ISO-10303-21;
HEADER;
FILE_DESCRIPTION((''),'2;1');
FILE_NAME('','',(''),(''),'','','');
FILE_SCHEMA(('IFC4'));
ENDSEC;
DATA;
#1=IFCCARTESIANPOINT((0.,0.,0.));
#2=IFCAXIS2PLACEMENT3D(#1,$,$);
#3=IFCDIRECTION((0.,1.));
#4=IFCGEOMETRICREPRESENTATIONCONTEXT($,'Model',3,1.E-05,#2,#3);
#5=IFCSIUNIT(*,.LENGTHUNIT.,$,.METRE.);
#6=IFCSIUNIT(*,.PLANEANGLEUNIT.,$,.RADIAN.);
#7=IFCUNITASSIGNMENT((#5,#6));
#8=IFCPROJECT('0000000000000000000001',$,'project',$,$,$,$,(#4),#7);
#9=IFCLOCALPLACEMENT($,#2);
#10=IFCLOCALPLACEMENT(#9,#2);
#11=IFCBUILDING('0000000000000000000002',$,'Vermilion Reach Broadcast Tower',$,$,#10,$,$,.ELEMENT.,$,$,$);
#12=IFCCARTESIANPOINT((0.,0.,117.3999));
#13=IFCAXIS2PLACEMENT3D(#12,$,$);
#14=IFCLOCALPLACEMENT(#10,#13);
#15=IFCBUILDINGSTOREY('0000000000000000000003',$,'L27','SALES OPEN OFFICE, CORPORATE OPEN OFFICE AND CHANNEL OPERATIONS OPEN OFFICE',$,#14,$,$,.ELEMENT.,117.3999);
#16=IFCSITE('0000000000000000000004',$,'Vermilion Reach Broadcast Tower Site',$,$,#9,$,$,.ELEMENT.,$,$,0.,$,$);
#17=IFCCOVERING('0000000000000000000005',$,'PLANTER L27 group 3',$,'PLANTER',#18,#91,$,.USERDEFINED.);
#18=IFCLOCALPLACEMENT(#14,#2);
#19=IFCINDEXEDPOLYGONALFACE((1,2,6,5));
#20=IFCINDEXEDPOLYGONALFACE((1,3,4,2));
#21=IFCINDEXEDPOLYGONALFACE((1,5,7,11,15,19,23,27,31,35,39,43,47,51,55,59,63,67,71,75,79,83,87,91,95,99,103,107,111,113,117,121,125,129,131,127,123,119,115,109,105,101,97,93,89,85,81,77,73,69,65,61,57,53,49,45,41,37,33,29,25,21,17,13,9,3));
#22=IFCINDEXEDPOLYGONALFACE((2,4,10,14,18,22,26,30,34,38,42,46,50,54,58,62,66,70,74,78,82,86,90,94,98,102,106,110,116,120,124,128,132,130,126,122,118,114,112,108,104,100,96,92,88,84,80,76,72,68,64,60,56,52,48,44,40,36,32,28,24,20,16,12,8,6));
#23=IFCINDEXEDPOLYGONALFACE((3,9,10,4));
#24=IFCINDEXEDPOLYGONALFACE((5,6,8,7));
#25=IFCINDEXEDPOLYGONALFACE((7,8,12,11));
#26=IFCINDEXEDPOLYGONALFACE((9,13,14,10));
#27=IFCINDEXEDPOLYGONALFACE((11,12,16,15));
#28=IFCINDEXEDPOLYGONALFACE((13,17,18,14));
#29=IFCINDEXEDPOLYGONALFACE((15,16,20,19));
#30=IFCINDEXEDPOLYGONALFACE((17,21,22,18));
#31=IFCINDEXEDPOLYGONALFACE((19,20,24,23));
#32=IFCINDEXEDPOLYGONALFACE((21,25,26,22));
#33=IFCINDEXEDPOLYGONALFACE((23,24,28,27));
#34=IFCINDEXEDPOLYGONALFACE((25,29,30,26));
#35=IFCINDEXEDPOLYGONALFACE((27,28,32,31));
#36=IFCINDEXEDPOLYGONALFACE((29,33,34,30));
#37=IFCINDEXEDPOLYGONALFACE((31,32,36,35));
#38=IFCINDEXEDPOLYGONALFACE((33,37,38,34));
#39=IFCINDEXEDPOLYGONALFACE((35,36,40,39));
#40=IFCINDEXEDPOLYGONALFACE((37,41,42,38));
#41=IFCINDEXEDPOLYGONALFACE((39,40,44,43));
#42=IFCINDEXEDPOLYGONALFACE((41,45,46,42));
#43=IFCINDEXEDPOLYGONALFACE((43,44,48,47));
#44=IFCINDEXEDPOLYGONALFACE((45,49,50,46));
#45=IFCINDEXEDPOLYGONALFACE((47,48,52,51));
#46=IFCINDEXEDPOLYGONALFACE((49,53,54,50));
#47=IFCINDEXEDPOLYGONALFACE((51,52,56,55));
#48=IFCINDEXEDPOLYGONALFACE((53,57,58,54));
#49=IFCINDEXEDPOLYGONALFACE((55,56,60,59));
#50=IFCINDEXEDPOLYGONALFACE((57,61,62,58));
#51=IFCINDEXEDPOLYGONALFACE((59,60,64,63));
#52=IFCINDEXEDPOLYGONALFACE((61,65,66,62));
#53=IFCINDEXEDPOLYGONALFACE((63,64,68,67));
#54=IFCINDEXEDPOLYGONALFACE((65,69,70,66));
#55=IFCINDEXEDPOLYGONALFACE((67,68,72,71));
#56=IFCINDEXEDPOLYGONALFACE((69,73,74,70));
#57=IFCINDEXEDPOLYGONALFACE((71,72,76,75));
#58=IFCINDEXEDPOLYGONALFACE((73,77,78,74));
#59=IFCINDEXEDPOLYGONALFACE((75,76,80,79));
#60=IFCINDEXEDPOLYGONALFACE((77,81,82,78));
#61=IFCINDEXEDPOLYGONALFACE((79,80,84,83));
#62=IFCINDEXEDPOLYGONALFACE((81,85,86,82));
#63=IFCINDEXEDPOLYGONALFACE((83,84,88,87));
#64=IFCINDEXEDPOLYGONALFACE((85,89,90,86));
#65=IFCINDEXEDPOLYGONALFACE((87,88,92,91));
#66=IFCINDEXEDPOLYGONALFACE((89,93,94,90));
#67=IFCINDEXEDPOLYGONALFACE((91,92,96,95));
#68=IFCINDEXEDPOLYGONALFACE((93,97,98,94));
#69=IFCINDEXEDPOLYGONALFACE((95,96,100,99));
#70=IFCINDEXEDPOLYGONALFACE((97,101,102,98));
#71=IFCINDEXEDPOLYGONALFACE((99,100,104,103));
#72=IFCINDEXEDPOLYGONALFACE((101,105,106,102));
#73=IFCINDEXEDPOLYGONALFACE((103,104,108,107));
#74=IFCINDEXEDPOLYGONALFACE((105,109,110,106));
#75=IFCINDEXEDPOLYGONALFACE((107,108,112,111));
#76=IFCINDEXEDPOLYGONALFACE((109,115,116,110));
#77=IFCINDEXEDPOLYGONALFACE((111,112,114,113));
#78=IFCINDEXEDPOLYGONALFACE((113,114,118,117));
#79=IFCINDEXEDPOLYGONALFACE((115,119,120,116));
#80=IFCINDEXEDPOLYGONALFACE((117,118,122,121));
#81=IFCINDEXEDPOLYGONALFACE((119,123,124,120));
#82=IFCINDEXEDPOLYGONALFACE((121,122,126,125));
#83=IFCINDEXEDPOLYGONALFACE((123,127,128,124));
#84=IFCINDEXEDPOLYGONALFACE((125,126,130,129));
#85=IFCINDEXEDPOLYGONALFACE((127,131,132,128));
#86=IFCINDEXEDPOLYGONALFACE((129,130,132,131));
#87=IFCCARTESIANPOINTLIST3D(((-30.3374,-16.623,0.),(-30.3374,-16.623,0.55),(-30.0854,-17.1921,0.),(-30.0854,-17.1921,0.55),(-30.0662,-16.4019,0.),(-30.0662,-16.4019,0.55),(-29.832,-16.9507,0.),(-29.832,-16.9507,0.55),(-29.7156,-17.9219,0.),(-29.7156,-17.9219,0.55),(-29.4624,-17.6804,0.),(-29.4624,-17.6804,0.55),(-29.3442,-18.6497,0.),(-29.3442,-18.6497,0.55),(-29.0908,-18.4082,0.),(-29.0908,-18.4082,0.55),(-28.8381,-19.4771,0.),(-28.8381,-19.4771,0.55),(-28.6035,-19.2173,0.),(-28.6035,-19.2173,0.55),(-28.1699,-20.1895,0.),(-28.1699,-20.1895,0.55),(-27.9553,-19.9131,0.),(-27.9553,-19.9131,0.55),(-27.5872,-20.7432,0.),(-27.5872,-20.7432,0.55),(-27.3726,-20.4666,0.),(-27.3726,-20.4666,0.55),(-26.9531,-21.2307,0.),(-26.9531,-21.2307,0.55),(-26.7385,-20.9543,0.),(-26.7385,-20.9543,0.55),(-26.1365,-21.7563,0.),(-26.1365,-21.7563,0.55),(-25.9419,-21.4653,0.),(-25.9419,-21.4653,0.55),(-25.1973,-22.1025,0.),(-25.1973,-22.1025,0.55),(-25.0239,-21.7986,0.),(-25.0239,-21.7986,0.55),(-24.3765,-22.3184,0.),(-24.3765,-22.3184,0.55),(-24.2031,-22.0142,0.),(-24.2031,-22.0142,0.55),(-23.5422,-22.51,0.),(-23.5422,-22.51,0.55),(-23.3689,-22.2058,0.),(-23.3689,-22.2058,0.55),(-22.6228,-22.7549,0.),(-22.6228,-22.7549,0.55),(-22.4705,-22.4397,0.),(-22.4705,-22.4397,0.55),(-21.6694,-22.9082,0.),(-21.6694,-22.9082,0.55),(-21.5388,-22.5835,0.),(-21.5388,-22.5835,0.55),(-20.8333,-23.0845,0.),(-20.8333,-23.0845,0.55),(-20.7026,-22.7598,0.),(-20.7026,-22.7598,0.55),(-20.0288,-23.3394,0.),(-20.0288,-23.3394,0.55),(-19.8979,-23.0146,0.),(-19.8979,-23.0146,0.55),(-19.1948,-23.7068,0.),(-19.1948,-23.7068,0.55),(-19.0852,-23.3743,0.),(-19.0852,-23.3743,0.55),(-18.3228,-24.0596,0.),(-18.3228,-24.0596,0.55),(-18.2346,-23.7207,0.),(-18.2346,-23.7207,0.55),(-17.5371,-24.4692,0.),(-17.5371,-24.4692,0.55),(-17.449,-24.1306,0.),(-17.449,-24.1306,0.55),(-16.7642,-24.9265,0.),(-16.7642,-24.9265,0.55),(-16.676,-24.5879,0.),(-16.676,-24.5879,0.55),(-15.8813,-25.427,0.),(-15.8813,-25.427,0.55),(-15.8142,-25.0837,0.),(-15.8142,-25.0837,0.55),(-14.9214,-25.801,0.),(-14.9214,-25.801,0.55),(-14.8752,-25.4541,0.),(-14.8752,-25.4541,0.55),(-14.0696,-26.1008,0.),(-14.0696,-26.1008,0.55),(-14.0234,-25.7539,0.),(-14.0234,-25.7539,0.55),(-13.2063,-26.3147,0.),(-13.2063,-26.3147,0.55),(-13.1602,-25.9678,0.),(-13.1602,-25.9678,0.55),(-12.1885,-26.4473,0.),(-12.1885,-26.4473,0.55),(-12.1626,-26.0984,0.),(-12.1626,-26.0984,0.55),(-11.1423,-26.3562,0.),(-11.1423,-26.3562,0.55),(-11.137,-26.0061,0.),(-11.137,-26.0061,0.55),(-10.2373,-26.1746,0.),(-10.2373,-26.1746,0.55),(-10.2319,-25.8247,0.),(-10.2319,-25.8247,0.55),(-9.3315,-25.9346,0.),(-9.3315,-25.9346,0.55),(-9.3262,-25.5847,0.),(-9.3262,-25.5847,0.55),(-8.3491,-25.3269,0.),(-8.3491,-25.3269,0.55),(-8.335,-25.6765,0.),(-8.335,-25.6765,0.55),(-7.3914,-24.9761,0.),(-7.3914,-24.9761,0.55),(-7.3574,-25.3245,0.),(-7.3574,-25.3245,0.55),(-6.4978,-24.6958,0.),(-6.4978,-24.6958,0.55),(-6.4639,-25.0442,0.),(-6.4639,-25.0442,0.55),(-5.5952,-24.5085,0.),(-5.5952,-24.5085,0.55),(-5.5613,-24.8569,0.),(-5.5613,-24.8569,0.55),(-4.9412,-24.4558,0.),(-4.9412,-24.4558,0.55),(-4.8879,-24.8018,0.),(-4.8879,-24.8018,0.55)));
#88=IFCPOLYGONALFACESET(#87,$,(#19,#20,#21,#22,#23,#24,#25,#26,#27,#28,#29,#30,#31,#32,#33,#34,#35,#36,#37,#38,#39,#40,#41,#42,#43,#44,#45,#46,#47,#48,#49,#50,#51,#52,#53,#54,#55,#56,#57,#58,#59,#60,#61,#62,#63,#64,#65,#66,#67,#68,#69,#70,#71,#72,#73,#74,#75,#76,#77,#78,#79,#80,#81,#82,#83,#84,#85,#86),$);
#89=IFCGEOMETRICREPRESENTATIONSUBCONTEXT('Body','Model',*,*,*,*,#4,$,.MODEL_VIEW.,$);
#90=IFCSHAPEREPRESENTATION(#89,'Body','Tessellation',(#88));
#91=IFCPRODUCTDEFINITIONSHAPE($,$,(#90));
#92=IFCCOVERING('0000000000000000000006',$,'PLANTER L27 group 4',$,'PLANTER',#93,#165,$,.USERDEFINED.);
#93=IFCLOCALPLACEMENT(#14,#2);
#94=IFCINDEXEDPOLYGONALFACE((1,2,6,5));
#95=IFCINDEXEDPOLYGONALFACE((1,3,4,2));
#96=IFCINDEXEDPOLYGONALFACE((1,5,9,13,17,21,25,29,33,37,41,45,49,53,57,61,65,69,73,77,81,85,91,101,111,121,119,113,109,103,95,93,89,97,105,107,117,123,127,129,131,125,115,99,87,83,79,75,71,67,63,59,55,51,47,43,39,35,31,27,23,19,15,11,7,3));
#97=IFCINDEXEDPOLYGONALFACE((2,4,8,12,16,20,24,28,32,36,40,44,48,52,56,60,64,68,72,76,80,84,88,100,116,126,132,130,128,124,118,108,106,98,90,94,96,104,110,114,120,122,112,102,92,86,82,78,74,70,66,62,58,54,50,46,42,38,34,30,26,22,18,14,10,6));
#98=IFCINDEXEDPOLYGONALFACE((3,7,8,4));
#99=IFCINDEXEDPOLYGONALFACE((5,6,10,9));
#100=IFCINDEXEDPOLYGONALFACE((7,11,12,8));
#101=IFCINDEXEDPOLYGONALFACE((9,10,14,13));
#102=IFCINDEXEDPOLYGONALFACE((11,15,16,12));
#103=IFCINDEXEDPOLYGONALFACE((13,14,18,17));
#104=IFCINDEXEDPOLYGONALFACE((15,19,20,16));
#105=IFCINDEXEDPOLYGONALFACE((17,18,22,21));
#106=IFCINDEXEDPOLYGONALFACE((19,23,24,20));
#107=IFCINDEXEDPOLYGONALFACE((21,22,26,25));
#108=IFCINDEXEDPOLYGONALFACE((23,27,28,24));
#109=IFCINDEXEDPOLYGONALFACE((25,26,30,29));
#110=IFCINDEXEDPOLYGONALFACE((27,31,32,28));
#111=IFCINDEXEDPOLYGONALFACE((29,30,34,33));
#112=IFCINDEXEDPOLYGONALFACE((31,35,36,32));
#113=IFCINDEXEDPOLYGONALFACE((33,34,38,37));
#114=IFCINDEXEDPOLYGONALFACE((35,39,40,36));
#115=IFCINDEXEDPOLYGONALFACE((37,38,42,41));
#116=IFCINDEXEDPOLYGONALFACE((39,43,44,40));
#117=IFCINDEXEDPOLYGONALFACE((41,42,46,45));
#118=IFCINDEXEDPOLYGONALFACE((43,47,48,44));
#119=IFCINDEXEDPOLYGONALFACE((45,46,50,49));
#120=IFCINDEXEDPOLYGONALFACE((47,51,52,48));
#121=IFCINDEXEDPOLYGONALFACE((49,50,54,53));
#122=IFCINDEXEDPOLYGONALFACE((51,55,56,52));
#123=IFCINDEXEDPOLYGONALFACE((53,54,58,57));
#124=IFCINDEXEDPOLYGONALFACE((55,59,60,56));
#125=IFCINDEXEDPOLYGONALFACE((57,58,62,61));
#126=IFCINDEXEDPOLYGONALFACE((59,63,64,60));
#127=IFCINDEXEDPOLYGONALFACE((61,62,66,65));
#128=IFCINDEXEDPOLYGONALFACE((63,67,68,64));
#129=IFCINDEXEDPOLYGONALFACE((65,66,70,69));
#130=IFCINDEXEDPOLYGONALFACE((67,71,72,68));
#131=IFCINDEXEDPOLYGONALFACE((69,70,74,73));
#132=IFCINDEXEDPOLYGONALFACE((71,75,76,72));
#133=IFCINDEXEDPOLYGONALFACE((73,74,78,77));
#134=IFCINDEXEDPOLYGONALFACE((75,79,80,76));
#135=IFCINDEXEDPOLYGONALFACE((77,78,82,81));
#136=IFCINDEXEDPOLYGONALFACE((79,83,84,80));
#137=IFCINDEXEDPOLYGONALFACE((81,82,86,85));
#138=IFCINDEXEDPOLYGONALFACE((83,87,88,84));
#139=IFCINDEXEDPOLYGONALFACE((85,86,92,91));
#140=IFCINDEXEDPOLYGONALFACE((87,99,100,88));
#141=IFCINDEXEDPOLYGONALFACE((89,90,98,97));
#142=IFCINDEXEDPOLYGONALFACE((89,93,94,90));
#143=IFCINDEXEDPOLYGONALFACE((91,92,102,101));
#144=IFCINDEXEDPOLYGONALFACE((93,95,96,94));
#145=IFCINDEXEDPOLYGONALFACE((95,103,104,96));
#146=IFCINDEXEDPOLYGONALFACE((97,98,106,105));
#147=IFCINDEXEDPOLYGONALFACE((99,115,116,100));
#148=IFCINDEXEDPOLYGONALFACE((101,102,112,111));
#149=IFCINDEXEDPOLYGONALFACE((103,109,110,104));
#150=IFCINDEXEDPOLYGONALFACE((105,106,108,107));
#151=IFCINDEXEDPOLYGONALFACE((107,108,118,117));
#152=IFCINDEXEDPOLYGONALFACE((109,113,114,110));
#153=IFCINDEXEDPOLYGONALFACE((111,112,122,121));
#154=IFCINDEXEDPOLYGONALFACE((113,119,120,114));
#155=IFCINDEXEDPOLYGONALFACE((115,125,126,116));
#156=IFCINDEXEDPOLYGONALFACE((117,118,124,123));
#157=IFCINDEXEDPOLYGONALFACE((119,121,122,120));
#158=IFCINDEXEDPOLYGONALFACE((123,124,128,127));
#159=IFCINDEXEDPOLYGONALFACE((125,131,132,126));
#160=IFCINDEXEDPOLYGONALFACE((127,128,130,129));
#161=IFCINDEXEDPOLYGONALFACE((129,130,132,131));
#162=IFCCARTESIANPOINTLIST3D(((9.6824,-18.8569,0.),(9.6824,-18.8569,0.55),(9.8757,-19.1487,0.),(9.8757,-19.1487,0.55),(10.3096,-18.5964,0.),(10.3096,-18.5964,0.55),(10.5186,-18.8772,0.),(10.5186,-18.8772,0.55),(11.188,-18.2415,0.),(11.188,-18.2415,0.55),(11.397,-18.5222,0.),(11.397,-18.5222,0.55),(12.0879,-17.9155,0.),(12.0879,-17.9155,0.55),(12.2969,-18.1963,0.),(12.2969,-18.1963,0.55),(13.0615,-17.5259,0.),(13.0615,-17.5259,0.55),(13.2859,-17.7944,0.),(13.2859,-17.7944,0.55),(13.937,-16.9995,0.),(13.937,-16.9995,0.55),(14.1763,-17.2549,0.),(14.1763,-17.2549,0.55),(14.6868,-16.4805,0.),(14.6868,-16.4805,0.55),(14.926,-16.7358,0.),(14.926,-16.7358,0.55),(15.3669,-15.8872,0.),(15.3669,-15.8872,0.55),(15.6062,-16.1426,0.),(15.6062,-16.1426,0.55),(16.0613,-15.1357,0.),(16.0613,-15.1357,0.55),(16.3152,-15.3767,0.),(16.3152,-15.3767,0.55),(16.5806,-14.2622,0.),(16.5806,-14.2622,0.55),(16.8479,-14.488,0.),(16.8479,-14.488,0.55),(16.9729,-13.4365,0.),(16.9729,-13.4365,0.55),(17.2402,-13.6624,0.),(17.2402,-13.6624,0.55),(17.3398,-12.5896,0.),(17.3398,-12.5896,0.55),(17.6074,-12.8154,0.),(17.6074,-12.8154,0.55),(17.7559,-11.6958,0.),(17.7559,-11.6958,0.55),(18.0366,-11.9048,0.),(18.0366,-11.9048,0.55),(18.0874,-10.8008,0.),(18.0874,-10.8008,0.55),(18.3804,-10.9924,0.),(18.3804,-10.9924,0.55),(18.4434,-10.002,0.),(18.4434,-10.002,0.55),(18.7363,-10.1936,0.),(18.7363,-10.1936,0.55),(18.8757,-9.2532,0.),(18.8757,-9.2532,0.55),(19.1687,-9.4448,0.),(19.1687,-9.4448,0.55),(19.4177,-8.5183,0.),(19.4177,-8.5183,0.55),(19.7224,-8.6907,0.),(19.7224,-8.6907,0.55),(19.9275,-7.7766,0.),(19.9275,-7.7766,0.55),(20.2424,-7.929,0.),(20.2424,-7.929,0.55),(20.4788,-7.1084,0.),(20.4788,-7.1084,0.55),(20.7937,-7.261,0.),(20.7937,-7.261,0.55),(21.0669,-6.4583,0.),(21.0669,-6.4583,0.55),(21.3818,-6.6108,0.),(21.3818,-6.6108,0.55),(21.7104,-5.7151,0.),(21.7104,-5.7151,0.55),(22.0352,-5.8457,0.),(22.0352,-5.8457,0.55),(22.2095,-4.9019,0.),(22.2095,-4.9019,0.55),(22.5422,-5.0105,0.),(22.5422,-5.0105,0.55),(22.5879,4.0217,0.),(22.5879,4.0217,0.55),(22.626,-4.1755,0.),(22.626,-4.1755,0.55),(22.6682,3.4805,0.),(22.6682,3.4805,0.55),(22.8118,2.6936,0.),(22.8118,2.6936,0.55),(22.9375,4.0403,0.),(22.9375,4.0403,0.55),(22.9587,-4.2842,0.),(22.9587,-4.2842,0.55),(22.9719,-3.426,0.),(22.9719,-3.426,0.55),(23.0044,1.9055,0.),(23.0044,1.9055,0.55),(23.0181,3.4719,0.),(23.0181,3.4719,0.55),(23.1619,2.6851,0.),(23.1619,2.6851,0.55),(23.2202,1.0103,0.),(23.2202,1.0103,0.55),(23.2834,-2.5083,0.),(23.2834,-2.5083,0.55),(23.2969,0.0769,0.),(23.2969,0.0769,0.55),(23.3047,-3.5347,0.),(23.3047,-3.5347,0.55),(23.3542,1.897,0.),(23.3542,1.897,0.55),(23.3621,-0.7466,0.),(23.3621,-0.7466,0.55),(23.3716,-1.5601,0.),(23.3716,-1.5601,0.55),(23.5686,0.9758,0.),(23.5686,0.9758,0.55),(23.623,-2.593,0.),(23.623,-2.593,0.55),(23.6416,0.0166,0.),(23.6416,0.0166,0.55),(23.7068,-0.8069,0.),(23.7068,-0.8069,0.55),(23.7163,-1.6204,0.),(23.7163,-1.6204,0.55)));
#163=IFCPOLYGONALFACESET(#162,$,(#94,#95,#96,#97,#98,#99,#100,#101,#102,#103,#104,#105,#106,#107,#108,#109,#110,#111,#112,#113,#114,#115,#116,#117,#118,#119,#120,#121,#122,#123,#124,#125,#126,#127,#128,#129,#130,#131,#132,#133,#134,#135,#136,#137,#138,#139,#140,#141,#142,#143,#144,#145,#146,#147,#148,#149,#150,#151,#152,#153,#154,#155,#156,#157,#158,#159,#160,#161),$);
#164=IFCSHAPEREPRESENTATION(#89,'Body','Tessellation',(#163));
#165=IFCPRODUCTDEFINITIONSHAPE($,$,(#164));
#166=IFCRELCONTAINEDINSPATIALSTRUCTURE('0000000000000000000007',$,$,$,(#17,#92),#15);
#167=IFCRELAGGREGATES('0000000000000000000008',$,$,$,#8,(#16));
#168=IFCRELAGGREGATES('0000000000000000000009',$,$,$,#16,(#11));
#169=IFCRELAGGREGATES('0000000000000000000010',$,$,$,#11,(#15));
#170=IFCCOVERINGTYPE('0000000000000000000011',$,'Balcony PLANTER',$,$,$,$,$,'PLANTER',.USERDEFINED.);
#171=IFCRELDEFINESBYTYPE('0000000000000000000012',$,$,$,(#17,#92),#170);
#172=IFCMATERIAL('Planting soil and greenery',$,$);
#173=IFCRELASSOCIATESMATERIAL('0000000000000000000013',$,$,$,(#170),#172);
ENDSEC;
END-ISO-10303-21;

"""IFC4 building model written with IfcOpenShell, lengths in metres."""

from ifc_helpers import new_model, si_unit, direction, frame, origin, place, context, subcontext, project, spatial, polyline, outline, extrude, material, type_object, element, save


model = new_model("IFC4")

# Units and contexts
model_context = context("Model", 3, precision=1e-05, world=origin(), true_north=direction((0.0, 1.0)))
body_context = subcontext(model_context, "Body", "Model", "MODEL_VIEW")
ifc_project = project(units=[si_unit("LENGTHUNIT", "METRE"), si_unit("PLANEANGLEUNIT", "RADIAN")], contexts=[model_context])

# Site, building, storey
site_placement = place(None, origin())
site = spatial("IfcSite", under=ifc_project, at=site_placement, Name="Vermilion Reach Broadcast Tower Site", CompositionType="ELEMENT", RefElevation=0.0)
building_placement = place(site_placement, origin())
building = spatial("IfcBuilding", under=site, at=building_placement, Name="Vermilion Reach Broadcast Tower", CompositionType="ELEMENT")
storey_placement = place(building_placement, frame((0.0, 0.0, 117.3999)))
storey = spatial("IfcBuildingStorey", under=building, at=storey_placement, Name="L27", Description="SALES OPEN OFFICE, CORPORATE OPEN OFFICE AND CHANNEL OPERATIONS OPEN OFFICE", CompositionType="ELEMENT", Elevation=117.3999)

# Shared definitions
placement_1 = place(storey_placement, origin())

# Coverings
ifc_material_1 = material(Name="Planting soil and greenery")
covering_type = type_object("IfcCoveringType", Name="Balcony PLANTER", ElementType="PLANTER", PredefinedType="USERDEFINED", material=ifc_material_1)
element("IfcCovering", 1, at=placement_1, inside=storey, type_object=covering_type, Name="PLANTER L27 group 3", ObjectType="PLANTER", PredefinedType="USERDEFINED", context=body_context, shape_type="SweptSolid", body=[
    extrude(outline(polyline([(-30.3374, -16.623), (-30.0854, -17.1921), (-29.7156, -17.9219), (-29.3442, -18.6497), (-28.8381, -19.4771), (-28.1699, -20.1895), (-27.5872, -20.7432), (-26.9531, -21.2307), (-26.1365, -21.7563), (-25.1973, -22.1025), (-24.3765, -22.3184), (-23.5422, -22.51), (-22.6228, -22.7549), (-21.6694, -22.9082), (-20.8333, -23.0845), (-20.0288, -23.3394), (-19.1948, -23.7068), (-18.3228, -24.0596), (-17.5371, -24.4692), (-16.7642, -24.9265), (-15.8813, -25.427), (-14.9214, -25.801), (-14.0696, -26.1008), (-13.2063, -26.3147), (-12.1885, -26.4473), (-11.1423, -26.3562), (-10.2373, -26.1746), (-9.3315, -25.9346), (-8.335, -25.6765), (-7.3574, -25.3245), (-6.4639, -25.0442), (-5.5613, -24.8569), (-4.8879, -24.8018), (-4.9412, -24.4558), (-5.5952, -24.5085), (-6.4978, -24.6958), (-7.3914, -24.9761), (-8.3491, -25.3269), (-9.3262, -25.5847), (-10.2319, -25.8247), (-11.137, -26.0061), (-12.1626, -26.0984), (-13.1602, -25.9678), (-14.0234, -25.7539), (-14.8752, -25.4541), (-15.8142, -25.0837), (-16.676, -24.5879), (-17.449, -24.1306), (-18.2346, -23.7207), (-19.0852, -23.3743), (-19.8979, -23.0146), (-20.7026, -22.7598), (-21.5388, -22.5835), (-22.4705, -22.4397), (-23.3689, -22.2058), (-24.2031, -22.0142), (-25.0239, -21.7986), (-25.9419, -21.4653), (-26.7385, -20.9543), (-27.3726, -20.4666), (-27.9553, -19.9131), (-28.6035, -19.2173), (-29.0908, -18.4082), (-29.4624, -17.6804), (-29.832, -16.9507), (-30.0662, -16.4019), (-30.3374, -16.623)])), origin(), (0.0, 0.0, 1.0), 0.55),
])
element("IfcCovering", 2, at=placement_1, inside=storey, type_object=covering_type, Name="PLANTER L27 group 4", ObjectType="PLANTER", PredefinedType="USERDEFINED", context=body_context, shape_type="SweptSolid", body=[
    extrude(outline(polyline([(9.8757, -19.1487), (10.5186, -18.8772), (11.397, -18.5222), (12.2969, -18.1963), (13.2859, -17.7944), (14.1763, -17.2549), (14.926, -16.7358), (15.6062, -16.1426), (16.3152, -15.3767), (16.8479, -14.488), (17.2402, -13.6624), (17.6074, -12.8154), (18.0366, -11.9048), (18.3804, -10.9924), (18.7363, -10.1936), (19.1687, -9.4448), (19.7224, -8.6907), (20.2424, -7.929), (20.7937, -7.261), (21.3818, -6.6108), (22.0352, -5.8457), (22.5422, -5.0105), (22.9587, -4.2842), (23.3047, -3.5347), (23.623, -2.593), (23.7163, -1.6204), (23.7068, -0.8069), (23.6416, 0.0166), (23.5686, 0.9758), (23.3542, 1.897), (23.1619, 2.6851), (23.0181, 3.4719), (22.9375, 4.0403), (22.5879, 4.0217), (22.6682, 3.4805), (22.8118, 2.6936), (23.0044, 1.9055), (23.2202, 1.0103), (23.2969, 0.0769), (23.3621, -0.7466), (23.3716, -1.5601), (23.2834, -2.5083), (22.9719, -3.426), (22.626, -4.1755), (22.2095, -4.9019), (21.7104, -5.7151), (21.0669, -6.4583), (20.4788, -7.1084), (19.9275, -7.7766), (19.4177, -8.5183), (18.8757, -9.2532), (18.4434, -10.002), (18.0874, -10.8008), (17.7559, -11.6958), (17.3398, -12.5896), (16.9729, -13.4365), (16.5806, -14.2622), (16.0613, -15.1357), (15.3669, -15.8872), (14.6868, -16.4805), (13.937, -16.9995), (13.0615, -17.5259), (12.0879, -17.9155), (11.188, -18.2415), (10.3096, -18.5964), (9.6824, -18.8569), (9.8757, -19.1487)])), origin(), (0.0, 0.0, 1.0), 0.55),
])

save(model, "model.ifc")
